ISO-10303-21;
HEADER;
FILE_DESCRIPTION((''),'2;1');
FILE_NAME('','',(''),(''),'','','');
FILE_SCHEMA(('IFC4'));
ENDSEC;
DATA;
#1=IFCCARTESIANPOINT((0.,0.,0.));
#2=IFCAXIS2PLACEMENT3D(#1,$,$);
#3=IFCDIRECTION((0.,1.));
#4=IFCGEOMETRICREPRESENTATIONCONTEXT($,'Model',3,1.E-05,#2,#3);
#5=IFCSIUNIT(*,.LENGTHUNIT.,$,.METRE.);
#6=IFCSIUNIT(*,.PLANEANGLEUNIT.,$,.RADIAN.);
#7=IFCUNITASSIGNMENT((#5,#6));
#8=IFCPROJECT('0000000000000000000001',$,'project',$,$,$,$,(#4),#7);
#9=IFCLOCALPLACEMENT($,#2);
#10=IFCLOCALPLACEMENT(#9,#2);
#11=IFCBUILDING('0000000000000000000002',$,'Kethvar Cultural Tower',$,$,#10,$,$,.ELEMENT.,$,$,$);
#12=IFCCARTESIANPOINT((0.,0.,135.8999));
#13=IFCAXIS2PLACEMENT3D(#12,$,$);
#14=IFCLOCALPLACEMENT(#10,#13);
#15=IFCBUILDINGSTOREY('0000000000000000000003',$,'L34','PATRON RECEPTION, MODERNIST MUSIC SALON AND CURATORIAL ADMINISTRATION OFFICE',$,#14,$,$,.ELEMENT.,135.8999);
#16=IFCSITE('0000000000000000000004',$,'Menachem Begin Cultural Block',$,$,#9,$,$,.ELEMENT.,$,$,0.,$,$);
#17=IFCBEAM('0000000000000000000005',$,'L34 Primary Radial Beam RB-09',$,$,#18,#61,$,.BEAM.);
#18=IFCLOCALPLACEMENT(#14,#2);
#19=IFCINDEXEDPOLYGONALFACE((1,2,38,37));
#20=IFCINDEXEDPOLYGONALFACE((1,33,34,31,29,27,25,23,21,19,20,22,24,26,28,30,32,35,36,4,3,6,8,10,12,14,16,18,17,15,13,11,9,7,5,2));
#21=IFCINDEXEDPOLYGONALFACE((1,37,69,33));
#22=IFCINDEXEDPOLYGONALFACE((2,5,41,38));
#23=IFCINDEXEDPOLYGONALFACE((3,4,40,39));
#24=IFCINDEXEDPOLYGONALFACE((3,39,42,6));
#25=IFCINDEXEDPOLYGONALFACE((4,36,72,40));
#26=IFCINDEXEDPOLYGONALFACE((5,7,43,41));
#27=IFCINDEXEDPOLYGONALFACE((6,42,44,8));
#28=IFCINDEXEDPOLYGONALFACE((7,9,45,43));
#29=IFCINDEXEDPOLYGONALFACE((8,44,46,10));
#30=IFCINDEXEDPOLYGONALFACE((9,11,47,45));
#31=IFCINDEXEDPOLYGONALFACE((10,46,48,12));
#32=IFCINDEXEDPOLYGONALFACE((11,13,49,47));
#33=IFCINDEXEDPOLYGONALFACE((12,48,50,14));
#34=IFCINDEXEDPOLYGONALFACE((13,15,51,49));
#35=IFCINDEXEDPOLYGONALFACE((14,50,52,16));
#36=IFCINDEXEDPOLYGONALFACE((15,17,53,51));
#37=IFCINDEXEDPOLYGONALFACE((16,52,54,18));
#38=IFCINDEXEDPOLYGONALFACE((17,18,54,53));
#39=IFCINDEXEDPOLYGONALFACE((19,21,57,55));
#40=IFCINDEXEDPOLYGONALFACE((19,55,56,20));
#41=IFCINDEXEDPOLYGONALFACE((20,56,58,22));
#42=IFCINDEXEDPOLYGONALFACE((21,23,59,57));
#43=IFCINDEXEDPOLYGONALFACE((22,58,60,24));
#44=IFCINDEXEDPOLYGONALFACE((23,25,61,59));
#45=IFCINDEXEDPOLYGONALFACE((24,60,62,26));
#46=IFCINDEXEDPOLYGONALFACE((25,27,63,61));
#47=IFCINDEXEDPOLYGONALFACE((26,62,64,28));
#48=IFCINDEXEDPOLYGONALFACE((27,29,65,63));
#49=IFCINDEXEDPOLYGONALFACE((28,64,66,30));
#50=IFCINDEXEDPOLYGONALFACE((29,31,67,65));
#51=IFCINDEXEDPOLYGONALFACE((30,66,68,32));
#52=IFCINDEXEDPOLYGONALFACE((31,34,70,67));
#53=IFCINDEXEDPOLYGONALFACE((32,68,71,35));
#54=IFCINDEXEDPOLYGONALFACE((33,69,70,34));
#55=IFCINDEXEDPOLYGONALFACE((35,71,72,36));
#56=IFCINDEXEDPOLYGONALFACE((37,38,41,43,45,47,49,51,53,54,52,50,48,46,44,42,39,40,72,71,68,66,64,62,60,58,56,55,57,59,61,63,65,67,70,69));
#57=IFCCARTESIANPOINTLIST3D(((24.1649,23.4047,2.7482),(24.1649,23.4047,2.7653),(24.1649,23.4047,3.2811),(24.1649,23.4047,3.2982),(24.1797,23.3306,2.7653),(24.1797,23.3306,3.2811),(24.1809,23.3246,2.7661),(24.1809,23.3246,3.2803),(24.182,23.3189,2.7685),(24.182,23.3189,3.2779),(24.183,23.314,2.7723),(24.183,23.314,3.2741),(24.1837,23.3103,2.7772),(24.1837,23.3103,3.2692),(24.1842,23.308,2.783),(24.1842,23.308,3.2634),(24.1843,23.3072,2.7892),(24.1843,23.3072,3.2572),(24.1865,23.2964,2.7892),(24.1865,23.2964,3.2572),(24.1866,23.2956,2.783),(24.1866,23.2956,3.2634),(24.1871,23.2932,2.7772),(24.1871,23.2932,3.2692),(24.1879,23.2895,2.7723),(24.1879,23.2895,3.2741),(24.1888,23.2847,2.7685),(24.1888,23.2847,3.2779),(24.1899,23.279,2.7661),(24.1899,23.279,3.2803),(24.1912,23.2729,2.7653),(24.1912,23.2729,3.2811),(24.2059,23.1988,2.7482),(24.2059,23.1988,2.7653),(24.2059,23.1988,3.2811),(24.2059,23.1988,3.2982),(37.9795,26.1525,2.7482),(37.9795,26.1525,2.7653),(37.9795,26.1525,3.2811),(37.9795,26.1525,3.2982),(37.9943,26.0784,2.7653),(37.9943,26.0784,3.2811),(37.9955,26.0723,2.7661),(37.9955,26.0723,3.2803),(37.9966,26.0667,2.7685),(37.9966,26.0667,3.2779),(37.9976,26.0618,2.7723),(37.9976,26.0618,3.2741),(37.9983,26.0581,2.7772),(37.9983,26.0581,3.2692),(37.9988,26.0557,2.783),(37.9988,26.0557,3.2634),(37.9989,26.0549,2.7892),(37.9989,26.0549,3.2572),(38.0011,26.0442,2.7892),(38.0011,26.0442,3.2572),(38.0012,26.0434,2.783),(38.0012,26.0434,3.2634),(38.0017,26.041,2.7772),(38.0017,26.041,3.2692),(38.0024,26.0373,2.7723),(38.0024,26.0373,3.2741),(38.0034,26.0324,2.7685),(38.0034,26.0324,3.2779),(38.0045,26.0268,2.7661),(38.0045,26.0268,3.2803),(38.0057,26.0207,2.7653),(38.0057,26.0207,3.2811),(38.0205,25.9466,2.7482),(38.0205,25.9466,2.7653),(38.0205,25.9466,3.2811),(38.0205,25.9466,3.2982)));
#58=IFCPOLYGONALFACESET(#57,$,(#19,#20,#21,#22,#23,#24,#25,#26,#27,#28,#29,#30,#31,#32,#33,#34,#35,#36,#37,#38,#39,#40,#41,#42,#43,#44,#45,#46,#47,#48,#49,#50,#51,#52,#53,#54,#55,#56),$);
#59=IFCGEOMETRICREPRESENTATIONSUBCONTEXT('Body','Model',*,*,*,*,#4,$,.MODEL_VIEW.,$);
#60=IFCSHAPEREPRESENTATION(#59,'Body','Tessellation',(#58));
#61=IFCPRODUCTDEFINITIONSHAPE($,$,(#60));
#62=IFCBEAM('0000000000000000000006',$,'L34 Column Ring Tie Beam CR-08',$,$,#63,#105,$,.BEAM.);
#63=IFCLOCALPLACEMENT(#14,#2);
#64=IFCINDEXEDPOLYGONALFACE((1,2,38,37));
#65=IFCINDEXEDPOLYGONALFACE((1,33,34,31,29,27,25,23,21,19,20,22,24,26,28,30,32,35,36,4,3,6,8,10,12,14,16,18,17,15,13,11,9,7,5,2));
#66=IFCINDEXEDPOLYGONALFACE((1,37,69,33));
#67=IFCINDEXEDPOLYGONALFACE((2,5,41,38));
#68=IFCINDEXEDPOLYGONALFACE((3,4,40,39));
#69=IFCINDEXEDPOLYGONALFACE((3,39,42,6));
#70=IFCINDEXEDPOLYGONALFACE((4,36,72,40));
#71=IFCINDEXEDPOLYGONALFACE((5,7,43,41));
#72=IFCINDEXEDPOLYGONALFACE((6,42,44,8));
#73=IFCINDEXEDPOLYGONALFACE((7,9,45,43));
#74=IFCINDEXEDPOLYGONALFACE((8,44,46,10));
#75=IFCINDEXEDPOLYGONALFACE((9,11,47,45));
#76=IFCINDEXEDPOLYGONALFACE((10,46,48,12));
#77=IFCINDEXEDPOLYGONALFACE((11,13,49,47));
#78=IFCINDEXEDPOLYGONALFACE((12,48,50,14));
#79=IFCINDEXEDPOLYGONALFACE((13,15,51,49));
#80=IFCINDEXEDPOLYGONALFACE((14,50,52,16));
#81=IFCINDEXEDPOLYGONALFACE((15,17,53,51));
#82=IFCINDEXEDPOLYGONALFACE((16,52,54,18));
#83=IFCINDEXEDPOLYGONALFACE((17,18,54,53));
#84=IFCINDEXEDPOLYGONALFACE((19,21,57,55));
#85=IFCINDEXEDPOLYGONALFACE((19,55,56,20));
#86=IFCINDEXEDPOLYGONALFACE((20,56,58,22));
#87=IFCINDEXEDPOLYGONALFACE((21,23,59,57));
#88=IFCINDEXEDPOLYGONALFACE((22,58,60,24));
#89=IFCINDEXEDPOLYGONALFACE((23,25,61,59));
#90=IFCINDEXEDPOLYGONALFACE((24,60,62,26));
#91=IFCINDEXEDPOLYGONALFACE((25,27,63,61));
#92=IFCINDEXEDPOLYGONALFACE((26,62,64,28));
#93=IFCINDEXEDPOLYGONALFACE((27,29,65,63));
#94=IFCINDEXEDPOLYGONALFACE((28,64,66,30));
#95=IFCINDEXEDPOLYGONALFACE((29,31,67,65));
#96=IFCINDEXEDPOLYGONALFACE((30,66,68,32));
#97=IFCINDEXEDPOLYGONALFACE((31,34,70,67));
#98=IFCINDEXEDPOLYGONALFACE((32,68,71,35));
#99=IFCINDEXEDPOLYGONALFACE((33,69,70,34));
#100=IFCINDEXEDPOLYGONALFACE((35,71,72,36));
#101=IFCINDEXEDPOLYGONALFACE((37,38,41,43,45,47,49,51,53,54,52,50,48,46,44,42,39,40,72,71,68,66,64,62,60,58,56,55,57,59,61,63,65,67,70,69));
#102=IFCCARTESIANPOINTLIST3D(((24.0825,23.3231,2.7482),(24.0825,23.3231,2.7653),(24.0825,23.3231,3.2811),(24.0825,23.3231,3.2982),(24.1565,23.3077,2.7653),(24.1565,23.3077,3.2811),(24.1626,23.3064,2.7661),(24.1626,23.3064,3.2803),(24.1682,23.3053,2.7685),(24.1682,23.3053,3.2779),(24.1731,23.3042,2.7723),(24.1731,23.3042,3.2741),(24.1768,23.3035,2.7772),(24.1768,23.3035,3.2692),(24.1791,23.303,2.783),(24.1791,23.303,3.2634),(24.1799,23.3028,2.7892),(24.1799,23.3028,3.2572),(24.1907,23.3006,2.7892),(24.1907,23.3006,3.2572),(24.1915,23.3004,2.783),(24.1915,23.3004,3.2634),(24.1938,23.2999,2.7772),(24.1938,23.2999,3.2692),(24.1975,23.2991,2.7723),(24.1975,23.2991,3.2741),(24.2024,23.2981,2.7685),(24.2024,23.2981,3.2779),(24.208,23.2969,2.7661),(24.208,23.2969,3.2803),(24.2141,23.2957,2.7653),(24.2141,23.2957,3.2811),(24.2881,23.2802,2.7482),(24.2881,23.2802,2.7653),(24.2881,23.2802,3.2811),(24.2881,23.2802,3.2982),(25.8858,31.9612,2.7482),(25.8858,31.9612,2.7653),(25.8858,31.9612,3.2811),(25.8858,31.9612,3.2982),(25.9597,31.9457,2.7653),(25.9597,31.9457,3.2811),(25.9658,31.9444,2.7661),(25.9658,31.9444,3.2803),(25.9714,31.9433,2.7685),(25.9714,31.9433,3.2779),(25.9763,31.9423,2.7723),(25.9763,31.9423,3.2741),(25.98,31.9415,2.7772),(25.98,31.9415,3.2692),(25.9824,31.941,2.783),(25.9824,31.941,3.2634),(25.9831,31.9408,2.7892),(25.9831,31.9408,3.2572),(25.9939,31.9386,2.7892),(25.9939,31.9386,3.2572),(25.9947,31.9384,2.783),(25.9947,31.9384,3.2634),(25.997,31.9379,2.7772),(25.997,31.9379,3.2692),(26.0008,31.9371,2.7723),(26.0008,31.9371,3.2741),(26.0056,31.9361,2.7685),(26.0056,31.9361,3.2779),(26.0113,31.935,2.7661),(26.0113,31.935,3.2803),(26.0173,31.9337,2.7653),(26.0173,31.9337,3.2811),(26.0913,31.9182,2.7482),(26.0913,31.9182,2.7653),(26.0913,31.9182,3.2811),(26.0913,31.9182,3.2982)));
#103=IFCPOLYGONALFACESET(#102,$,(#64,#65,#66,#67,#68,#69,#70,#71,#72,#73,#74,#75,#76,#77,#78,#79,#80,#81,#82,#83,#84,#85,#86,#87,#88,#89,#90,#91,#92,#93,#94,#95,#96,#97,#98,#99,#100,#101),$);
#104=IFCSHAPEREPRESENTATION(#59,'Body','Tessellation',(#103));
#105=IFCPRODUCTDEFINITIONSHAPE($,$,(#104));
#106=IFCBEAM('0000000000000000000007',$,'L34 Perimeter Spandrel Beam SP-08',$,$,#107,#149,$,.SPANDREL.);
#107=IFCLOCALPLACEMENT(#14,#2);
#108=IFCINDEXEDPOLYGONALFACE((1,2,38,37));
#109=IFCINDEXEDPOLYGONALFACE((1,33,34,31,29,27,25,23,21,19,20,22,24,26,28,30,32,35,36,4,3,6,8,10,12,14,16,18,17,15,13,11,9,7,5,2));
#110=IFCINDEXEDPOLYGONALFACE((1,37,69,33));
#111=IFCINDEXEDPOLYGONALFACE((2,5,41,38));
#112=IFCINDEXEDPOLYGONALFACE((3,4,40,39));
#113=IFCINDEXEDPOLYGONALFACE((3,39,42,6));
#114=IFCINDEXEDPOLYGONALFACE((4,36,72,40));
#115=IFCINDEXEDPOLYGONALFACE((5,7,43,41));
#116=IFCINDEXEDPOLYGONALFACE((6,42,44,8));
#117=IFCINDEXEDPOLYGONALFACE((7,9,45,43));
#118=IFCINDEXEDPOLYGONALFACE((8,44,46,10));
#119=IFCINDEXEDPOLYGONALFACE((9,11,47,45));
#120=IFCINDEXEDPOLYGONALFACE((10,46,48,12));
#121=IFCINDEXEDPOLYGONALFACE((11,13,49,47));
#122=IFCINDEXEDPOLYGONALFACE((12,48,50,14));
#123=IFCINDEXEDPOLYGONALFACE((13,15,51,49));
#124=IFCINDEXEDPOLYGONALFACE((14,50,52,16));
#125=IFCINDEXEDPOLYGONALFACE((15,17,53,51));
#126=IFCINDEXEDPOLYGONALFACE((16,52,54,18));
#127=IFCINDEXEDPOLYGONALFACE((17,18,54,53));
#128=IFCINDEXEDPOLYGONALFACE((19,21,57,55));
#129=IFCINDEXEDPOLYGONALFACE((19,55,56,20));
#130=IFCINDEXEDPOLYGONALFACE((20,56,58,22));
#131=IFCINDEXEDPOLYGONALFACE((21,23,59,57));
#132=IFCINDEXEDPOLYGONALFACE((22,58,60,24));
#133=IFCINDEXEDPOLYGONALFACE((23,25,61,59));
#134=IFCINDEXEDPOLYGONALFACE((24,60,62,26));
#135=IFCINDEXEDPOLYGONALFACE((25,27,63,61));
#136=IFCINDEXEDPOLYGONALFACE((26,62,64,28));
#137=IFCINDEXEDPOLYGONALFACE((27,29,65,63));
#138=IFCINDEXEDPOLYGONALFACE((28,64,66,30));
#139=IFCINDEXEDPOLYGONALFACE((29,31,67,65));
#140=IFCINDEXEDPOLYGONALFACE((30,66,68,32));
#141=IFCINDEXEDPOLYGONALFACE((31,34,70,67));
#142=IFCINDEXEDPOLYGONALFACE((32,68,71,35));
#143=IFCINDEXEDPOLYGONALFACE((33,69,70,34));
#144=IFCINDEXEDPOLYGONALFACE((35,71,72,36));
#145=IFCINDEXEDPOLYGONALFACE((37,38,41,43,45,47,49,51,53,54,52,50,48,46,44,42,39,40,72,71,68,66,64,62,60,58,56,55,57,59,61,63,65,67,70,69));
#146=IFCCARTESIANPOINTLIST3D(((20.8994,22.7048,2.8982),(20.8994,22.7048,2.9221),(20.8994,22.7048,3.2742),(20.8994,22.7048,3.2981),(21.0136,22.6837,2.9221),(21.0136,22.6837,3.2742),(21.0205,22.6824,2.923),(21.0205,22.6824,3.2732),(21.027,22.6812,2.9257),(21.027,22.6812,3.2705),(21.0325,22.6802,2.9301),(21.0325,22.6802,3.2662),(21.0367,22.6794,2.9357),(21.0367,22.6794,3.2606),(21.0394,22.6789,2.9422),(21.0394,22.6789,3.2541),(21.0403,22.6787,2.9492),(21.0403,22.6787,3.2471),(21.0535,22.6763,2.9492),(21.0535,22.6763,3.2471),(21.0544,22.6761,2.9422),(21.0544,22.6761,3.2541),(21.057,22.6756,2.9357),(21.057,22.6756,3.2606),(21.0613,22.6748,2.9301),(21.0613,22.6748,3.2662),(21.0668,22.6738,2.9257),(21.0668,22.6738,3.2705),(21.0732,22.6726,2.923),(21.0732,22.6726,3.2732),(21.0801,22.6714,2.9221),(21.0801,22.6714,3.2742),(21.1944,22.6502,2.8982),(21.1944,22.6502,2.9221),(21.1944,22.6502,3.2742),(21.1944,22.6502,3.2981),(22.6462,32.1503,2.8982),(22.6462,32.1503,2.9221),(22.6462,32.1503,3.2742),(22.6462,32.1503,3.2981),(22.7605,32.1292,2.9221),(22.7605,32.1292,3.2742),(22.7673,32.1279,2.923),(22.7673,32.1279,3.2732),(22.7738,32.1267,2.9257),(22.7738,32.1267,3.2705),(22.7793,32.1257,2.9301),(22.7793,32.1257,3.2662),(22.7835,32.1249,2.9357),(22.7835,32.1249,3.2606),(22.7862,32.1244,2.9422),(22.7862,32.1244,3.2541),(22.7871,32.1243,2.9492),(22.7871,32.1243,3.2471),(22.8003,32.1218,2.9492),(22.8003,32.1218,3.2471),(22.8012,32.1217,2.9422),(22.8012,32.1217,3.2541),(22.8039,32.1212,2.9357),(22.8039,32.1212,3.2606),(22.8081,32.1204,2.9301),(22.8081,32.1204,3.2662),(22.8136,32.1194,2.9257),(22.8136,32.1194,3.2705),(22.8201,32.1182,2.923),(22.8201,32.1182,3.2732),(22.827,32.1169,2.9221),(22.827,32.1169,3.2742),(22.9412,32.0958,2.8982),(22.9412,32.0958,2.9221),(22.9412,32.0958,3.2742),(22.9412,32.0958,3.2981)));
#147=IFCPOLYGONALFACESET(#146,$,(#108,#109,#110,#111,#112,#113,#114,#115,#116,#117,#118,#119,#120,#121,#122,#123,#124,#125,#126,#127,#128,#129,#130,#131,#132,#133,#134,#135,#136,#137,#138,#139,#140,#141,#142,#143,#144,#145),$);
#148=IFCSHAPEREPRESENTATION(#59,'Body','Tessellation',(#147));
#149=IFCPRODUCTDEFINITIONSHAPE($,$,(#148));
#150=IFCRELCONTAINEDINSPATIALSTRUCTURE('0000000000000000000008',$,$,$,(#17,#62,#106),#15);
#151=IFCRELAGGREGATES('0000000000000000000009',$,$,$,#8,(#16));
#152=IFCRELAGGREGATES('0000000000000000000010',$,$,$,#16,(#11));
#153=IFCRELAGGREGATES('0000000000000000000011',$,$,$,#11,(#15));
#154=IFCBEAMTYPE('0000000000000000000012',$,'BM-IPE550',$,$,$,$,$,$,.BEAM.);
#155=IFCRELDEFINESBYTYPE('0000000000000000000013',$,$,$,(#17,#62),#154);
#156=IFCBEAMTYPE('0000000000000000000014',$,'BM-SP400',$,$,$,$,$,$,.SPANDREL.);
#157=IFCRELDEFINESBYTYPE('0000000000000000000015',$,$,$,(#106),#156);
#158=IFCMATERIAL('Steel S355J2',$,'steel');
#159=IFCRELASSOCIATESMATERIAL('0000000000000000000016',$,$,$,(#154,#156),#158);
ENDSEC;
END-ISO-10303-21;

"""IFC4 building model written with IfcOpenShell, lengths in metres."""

from ifc_helpers import new_model, si_unit, direction, frame, origin, origin_2d, place, context, subcontext, project, spatial, i_section, extrude, source, transform, mapped, material, material_profile, profile_set, type_object, element, save


model = new_model("IFC4")

# Units and contexts
model_context = context("Model", 3, precision=1e-05, world=origin(), true_north=direction((0.0, 1.0)))
body_context = subcontext(model_context, "Body", "Model", "MODEL_VIEW")
ifc_project = project(units=[si_unit("LENGTHUNIT", "METRE"), si_unit("PLANEANGLEUNIT", "RADIAN")], contexts=[model_context])

# Site, building, storey
site_placement = place(None, origin())
site = spatial("IfcSite", under=ifc_project, at=site_placement, Name="Menachem Begin Cultural Block", CompositionType="ELEMENT", RefElevation=0.0)
building_placement = place(site_placement, origin())
building = spatial("IfcBuilding", under=site, at=building_placement, Name="Kethvar Cultural Tower", CompositionType="ELEMENT")
storey_placement = place(building_placement, frame((0.0, 0.0, 135.8999)))
storey = spatial("IfcBuildingStorey", under=building, at=storey_placement, Name="L34", Description="PATRON RECEPTION, MODERNIST MUSIC SALON AND CURATORIAL ADMINISTRATION OFFICE", CompositionType="ELEMENT", Elevation=135.8999)

# Beams
ifc_material_1 = material(Name="Steel S355J2", Category="steel")
ifc_material_profile_1 = material_profile(ifc_material_1, i_section(OverallWidth=0.21, OverallDepth=0.55, WebThickness=0.011, FlangeThickness=0.0171, FilletRadius=0.0239, at=origin_2d()), Name="Steel S355J2 — IPE550")
ifc_profile_set_1 = profile_set([ifc_material_profile_1], Name="Steel S355J2 — IPE550")
beam_type_1 = type_object("IfcBeamType", Name="BM-IPE550", PredefinedType="BEAM", material=ifc_profile_set_1)
shared_shape_1 = source(origin(), body_context, "Body", "SweptSolid", [
    extrude(i_section(OverallWidth=0.21, OverallDepth=0.55, WebThickness=0.011, FlangeThickness=0.0171, FilletRadius=0.0239, at=origin_2d()), origin(), (0.0, 0.0, 1.0), 14.0852),
])
beam_1_placement = place(storey_placement, frame((38.0, 26.0496, 3.0232), z_axis=(-0.980787, -0.195083, 0.0), x_axis=(0.195083, -0.980787, 0.0)))
element("IfcBeam", 1, at=beam_1_placement, inside=storey, type_object=beam_type_1, Name="L34 Primary Radial Beam RB-09", PredefinedType="BEAM", context=body_context, shape_type="MappedRepresentation", body=[
    mapped(shared_shape_1, transform((0.0, 0.0, 0.0), scale=1.0)),
])
shared_shape_2 = source(origin(), body_context, "Body", "SweptSolid", [
    extrude(i_section(OverallWidth=0.21, OverallDepth=0.55, WebThickness=0.011, FlangeThickness=0.0171, FilletRadius=0.0239, at=origin_2d()), origin(), (0.0, 0.0, 1.0), 8.8242),
])
beam_2_placement = place(storey_placement, frame((25.9885, 31.9397, 3.0232), z_axis=(-0.204351, -0.978898, 0.0), x_axis=(0.978898, -0.204351, 0.0)))
element("IfcBeam", 2, at=beam_2_placement, inside=storey, type_object=beam_type_1, Name="L34 Column Ring Tie Beam CR-08", PredefinedType="BEAM", context=body_context, shape_type="MappedRepresentation", body=[
    mapped(shared_shape_2, transform((0.0, 0.0, 0.0), scale=1.0)),
])
ifc_material_profile_2 = material_profile(ifc_material_1, i_section(OverallWidth=0.3, OverallDepth=0.3999, WebThickness=0.0134, FlangeThickness=0.0239, FilletRadius=0.0271, at=origin_2d()), Name="Steel S355J2 — HEB400")
ifc_profile_set_2 = profile_set([ifc_material_profile_2], Name="Steel S355J2 — HEB400")
beam_type_2 = type_object("IfcBeamType", Name="BM-SP400", PredefinedType="SPANDREL", material=ifc_profile_set_2)
shared_shape_3 = source(origin(), body_context, "Body", "SweptSolid", [
    extrude(i_section(OverallWidth=0.3, OverallDepth=0.3999, WebThickness=0.0134, FlangeThickness=0.0239, FilletRadius=0.0271, at=origin_2d()), origin(), (0.0, 0.0, 1.0), 9.6057),
])
beam_3_placement = place(storey_placement, frame((22.7937, 32.123, 3.0981), z_axis=(-0.181853, -0.983326, 0.0), x_axis=(0.983326, -0.181853, 0.0)))
element("IfcBeam", 3, at=beam_3_placement, inside=storey, type_object=beam_type_2, Name="L34 Perimeter Spandrel Beam SP-08", PredefinedType="SPANDREL", context=body_context, shape_type="MappedRepresentation", body=[
    mapped(shared_shape_3, transform((0.0, 0.0, 0.0), scale=1.0)),
])

save(model, "model.ifc")
